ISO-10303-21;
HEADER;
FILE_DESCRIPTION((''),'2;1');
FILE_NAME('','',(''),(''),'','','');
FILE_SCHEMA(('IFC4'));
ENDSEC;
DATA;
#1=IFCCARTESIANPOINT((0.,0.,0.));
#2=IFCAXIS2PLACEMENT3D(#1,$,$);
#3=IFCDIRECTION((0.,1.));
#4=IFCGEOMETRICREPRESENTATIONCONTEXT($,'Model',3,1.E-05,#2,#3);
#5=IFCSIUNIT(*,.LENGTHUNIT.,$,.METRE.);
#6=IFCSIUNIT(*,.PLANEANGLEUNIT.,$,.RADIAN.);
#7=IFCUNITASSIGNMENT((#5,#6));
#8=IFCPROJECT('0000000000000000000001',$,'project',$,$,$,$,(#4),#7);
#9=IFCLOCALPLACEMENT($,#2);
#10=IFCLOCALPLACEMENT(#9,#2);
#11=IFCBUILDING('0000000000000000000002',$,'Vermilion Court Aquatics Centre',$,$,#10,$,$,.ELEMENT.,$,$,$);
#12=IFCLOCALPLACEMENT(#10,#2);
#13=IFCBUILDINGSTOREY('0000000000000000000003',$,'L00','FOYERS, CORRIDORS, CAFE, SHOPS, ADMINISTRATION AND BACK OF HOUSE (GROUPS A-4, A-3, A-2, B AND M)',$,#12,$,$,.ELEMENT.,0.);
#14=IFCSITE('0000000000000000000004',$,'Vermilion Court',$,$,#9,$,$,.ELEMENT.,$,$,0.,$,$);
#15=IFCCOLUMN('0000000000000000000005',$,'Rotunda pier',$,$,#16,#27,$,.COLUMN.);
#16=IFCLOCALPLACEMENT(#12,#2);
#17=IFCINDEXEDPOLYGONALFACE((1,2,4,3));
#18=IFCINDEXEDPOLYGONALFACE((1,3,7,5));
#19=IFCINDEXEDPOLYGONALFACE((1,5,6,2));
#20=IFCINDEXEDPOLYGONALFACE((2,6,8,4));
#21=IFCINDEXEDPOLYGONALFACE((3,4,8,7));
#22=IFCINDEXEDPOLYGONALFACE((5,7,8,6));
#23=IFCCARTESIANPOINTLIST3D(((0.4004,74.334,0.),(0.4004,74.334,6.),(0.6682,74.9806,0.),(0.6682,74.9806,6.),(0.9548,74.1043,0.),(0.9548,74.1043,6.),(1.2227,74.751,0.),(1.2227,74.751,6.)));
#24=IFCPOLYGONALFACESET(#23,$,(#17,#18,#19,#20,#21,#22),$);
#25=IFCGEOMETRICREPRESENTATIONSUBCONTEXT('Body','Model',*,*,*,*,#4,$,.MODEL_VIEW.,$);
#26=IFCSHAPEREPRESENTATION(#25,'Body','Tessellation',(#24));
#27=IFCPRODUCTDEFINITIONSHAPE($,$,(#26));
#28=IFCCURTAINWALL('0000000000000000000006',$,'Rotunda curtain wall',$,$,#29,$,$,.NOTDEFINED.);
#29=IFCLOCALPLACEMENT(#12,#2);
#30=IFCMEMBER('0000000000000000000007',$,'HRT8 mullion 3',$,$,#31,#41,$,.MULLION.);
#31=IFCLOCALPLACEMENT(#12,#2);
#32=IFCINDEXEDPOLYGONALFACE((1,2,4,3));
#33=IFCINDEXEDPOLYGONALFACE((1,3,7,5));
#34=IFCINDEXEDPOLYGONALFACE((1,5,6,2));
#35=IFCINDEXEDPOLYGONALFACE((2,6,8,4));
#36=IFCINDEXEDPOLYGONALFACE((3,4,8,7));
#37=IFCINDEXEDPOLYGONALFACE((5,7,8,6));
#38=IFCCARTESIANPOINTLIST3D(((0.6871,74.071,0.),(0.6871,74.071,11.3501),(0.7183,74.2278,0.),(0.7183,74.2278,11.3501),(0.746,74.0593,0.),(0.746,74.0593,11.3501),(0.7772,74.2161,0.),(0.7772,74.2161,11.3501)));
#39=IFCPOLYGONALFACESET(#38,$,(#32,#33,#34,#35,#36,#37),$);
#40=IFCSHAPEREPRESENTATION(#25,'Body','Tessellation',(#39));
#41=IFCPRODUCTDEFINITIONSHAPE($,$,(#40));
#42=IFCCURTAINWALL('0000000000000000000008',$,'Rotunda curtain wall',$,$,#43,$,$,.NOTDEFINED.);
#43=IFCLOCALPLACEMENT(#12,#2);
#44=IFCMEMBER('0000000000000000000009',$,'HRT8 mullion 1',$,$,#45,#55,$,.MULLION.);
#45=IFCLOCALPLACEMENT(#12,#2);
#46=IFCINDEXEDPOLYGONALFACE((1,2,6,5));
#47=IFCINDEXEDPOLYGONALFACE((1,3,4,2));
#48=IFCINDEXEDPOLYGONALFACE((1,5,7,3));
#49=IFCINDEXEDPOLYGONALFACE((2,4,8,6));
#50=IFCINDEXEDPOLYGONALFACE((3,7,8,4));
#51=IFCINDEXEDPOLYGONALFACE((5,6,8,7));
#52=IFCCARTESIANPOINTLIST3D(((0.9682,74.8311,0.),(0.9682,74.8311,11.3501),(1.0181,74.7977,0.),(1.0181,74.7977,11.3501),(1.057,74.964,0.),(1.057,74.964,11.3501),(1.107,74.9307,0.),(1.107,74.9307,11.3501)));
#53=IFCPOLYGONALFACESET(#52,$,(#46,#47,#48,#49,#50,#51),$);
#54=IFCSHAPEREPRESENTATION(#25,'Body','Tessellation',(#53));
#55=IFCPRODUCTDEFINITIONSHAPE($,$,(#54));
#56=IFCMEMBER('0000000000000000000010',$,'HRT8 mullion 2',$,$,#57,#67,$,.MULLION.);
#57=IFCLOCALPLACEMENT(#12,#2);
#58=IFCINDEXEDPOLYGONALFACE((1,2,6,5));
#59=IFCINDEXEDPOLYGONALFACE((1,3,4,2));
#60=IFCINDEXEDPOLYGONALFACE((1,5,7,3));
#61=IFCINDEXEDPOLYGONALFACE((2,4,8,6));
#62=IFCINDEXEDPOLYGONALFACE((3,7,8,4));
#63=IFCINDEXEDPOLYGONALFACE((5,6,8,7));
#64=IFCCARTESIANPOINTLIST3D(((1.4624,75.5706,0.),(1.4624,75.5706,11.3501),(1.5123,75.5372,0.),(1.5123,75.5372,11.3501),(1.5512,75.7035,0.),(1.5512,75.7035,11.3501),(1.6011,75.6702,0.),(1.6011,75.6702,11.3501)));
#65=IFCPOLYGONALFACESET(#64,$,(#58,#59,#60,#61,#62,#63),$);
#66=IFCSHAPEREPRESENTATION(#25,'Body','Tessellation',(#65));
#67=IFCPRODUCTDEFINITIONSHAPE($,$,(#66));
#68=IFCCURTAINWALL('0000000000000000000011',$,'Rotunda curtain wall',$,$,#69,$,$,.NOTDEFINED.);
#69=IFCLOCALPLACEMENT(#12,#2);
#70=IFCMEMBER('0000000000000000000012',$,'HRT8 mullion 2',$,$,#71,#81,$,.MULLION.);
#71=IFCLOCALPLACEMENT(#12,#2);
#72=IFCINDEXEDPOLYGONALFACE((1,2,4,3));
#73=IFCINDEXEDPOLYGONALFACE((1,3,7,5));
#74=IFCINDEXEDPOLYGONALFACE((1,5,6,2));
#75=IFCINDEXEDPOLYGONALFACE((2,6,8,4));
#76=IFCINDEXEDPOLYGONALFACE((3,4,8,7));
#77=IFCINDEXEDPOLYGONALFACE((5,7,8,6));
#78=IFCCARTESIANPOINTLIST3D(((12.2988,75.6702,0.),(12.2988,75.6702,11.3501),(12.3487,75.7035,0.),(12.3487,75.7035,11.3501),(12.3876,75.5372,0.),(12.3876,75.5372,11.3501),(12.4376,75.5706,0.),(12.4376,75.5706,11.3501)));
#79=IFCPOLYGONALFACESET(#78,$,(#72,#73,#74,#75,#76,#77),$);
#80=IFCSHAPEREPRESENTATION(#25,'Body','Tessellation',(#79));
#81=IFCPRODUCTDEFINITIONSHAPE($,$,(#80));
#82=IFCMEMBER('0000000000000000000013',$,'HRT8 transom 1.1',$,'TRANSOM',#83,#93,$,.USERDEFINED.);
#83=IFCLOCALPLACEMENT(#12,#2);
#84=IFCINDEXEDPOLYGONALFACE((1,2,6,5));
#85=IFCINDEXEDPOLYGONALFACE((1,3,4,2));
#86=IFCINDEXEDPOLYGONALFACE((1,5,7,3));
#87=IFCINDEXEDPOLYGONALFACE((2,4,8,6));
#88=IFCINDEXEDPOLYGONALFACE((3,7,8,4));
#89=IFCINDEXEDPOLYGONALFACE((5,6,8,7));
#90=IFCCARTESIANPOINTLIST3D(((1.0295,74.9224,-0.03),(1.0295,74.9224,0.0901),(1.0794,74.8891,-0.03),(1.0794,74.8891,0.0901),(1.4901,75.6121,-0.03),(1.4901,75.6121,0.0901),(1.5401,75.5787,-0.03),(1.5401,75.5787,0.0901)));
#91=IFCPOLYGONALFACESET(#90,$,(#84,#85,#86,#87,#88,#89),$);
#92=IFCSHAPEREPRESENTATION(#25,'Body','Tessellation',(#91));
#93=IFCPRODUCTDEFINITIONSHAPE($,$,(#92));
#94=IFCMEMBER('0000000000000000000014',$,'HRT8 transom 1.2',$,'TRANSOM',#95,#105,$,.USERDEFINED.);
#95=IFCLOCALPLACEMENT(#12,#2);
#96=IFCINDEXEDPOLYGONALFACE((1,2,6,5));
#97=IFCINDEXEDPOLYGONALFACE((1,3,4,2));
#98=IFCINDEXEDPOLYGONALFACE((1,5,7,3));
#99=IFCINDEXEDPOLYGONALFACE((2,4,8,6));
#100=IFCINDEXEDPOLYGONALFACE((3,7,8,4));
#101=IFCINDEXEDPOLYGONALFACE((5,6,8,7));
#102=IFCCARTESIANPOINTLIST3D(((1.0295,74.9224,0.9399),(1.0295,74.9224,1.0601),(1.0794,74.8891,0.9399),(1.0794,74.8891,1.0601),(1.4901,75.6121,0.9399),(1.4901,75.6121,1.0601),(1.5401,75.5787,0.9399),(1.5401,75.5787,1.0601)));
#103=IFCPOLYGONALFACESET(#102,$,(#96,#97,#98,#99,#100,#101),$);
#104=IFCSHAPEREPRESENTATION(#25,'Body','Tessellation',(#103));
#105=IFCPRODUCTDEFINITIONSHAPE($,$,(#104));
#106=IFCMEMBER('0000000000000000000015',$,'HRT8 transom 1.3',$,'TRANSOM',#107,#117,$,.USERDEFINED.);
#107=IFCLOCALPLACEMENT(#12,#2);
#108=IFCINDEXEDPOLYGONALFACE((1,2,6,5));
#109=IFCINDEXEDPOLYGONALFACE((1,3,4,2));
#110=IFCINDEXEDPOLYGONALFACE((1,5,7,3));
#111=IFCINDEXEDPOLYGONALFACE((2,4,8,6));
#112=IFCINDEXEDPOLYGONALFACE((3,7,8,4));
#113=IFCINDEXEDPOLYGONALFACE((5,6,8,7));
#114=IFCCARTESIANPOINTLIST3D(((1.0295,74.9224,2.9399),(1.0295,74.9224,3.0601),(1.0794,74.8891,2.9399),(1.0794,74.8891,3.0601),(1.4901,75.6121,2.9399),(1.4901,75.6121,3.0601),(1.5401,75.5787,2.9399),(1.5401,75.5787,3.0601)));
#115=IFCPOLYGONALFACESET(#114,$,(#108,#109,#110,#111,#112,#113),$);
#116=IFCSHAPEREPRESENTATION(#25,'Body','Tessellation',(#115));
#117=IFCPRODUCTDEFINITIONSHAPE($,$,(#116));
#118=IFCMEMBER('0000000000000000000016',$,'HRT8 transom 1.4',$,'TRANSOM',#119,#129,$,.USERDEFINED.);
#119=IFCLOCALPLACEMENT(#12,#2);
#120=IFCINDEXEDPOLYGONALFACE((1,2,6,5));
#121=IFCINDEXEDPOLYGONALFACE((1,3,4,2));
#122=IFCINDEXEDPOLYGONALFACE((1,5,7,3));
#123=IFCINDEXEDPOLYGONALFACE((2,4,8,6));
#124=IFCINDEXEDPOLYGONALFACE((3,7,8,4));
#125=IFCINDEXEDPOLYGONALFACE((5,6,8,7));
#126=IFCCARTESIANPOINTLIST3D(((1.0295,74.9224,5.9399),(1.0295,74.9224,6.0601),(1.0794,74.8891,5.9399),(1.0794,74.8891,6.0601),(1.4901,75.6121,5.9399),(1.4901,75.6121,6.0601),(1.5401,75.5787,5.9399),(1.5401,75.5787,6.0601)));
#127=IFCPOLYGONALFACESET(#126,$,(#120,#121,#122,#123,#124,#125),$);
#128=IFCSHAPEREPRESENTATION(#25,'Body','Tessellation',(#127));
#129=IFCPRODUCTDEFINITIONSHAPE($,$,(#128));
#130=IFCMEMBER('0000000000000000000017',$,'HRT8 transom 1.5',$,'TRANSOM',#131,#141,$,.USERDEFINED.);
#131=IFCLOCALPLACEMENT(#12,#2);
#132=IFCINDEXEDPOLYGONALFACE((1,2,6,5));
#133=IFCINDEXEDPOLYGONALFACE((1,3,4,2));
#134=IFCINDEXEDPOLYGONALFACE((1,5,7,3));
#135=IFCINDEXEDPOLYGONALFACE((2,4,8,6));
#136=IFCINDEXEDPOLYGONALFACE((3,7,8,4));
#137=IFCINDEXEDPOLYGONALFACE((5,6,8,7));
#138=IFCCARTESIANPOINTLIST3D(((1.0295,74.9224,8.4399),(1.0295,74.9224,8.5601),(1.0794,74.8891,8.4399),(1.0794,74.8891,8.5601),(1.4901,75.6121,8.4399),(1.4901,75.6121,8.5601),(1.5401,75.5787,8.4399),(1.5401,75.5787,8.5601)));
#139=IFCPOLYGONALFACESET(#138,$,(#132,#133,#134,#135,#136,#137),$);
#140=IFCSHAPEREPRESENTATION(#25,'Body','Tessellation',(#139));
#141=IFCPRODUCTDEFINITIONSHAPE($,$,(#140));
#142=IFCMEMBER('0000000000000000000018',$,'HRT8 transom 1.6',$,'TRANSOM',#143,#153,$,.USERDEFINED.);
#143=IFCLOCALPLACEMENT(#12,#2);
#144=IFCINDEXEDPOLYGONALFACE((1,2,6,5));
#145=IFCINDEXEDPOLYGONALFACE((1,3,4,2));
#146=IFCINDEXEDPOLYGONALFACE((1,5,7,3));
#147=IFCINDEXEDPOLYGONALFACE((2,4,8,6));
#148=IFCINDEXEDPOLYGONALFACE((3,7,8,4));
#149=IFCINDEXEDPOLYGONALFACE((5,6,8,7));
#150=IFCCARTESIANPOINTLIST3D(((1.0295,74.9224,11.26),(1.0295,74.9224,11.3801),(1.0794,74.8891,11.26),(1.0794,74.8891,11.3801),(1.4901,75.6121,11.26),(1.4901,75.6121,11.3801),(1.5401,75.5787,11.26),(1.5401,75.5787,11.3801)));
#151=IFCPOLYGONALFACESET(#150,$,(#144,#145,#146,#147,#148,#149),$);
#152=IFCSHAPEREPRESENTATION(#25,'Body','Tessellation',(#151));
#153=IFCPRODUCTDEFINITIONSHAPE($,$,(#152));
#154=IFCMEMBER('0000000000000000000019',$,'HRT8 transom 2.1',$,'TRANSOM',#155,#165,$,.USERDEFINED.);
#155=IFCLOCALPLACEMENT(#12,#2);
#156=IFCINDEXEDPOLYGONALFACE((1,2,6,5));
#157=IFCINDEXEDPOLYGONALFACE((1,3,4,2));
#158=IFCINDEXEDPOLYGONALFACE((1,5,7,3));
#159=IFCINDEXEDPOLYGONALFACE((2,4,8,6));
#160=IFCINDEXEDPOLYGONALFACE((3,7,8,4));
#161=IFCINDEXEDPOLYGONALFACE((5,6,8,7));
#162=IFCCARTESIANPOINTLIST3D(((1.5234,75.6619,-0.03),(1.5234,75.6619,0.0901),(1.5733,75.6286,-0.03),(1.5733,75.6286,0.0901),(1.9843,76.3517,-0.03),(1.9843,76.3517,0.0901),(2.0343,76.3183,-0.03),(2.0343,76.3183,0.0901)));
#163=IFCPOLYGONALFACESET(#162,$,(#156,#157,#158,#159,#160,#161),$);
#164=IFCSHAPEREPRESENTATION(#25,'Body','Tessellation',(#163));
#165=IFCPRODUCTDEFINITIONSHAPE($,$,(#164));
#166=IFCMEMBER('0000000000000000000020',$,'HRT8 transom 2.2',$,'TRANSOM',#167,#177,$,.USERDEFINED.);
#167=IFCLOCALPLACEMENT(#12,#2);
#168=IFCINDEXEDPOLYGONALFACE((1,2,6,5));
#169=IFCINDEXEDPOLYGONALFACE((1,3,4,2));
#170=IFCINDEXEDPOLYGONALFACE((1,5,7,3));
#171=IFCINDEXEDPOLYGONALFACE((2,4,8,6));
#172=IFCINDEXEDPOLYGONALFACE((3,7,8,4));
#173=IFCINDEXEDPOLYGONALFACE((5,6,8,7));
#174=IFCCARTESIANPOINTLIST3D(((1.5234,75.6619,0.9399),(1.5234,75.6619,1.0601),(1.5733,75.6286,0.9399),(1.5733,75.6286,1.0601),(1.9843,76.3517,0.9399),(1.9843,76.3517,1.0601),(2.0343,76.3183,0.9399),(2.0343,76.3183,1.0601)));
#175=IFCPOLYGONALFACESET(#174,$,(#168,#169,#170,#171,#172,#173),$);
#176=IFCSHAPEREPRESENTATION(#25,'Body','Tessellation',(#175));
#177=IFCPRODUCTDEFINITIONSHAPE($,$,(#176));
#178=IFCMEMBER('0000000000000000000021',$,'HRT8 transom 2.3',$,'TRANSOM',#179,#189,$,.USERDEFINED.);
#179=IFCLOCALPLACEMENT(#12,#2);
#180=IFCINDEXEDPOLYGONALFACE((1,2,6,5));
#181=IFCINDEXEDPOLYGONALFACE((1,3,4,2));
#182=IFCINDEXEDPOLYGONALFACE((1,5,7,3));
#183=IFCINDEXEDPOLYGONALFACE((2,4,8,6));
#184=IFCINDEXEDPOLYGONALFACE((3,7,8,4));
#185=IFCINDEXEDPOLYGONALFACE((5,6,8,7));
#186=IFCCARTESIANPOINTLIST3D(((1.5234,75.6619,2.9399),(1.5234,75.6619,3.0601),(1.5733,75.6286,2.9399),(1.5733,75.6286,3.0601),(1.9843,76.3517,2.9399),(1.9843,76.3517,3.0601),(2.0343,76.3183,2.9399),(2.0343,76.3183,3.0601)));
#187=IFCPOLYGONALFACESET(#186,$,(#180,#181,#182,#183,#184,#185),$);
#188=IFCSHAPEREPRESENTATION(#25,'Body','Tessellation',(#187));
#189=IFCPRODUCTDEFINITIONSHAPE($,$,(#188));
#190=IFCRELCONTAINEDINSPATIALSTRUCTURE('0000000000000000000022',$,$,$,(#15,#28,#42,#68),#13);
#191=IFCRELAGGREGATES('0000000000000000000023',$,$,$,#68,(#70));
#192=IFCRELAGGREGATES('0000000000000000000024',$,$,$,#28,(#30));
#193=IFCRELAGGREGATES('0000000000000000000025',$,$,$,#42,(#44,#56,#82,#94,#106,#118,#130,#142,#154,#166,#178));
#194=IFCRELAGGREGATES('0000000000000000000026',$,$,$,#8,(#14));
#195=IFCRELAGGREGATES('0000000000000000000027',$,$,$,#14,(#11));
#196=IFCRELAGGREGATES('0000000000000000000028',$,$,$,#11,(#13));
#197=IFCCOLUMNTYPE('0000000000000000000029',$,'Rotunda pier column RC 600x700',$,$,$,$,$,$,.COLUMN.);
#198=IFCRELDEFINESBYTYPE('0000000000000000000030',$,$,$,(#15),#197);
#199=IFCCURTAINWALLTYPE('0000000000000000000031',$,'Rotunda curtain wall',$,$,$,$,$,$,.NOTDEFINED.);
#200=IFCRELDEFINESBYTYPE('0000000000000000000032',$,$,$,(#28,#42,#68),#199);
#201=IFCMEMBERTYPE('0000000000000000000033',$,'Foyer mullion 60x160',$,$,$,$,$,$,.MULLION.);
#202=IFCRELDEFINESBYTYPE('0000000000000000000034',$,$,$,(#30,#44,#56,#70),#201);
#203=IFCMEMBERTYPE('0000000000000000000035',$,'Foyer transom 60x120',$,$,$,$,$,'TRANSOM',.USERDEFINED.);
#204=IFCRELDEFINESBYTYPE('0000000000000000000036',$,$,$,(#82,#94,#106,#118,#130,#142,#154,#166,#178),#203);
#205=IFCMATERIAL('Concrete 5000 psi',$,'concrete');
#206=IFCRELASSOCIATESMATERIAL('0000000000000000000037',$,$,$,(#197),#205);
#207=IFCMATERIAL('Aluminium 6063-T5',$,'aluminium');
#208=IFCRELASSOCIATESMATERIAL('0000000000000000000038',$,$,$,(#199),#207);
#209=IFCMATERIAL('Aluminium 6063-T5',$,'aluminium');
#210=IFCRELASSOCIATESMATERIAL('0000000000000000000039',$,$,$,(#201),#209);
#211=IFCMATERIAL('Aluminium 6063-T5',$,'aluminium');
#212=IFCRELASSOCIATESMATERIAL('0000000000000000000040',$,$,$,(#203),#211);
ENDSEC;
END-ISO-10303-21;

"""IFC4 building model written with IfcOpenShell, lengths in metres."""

from ifc_helpers import new_model, si_unit, direction, frame, origin, origin_2d, place, context, subcontext, project, spatial, rectangle, extrude, material, material_profile, profile_set, type_object, element, aggregate, save


model = new_model("IFC4")

# Units and contexts
model_context = context("Model", 3, precision=1e-05, world=origin(), true_north=direction((0.0, 1.0)))
body_context = subcontext(model_context, "Body", "Model", "MODEL_VIEW")
ifc_project = project(units=[si_unit("LENGTHUNIT", "METRE"), si_unit("PLANEANGLEUNIT", "RADIAN")], contexts=[model_context])

# Site, building, storey
site_placement = place(None, origin())
site = spatial("IfcSite", under=ifc_project, at=site_placement, Name="Vermilion Court", CompositionType="ELEMENT", RefElevation=0.0)
building_placement = place(site_placement, origin())
building = spatial("IfcBuilding", under=site, at=building_placement, Name="Vermilion Court Aquatics Centre", CompositionType="ELEMENT")
storey_placement = place(building_placement, origin())
storey = spatial("IfcBuildingStorey", under=building, at=storey_placement, Name="L00", Description="FOYERS, CORRIDORS, CAFE, SHOPS, ADMINISTRATION AND BACK OF HOUSE (GROUPS A-4, A-3, A-2, B AND M)", CompositionType="ELEMENT", Elevation=0.0)

# Column
ifc_material_1 = material(Name="Concrete 5000 psi", Category="concrete")
ifc_material_profile_1 = material_profile(ifc_material_1, rectangle(XDim=0.6001, YDim=0.7, at=origin_2d()), Name="RC 600x700")
ifc_profile_set_1 = profile_set([ifc_material_profile_1], Name="Concrete 5000 psi")
column_type = type_object("IfcColumnType", Name="Rotunda pier column RC 600x700", PredefinedType="COLUMN", material=ifc_profile_set_1)
column_placement = place(storey_placement, frame((0.8115, 74.5425, 0.0), z_axis=(0.0, 0.0, 1.0), x_axis=(-0.92388, 0.382683, 0.0)))
element("IfcColumn", 1, at=column_placement, inside=storey, type_object=column_type, Name="Rotunda pier", PredefinedType="COLUMN", context=body_context, shape_type="SweptSolid", body=[
    extrude(rectangle(XDim=0.6001, YDim=0.7, at=origin_2d()), origin(), (0.0, 0.0, 1.0), 6.0),
])

# Curtain wall, member
ifc_material_2 = material(Name="Aluminium 6063-T5", Category="aluminium")
curtain_wall_type = type_object("IfcCurtainWallType", Name="Rotunda curtain wall", PredefinedType="NOTDEFINED", material=ifc_material_2)
curtain_wall_1_placement = place(storey_placement, origin())
curtain_wall_1 = element("IfcCurtainWall", 2, at=curtain_wall_1_placement, inside=storey, type_object=curtain_wall_type, Name="Rotunda curtain wall", PredefinedType="NOTDEFINED")
ifc_material_3 = material(Name="Aluminium 6063-T5", Category="aluminium")
ifc_material_profile_2 = material_profile(ifc_material_3, rectangle(XDim=0.0601, YDim=0.1599, at=origin_2d()), Name="Aluminium 60x160")
ifc_profile_set_2 = profile_set([ifc_material_profile_2], Name="Aluminium 6063-T5")
member_type_1 = type_object("IfcMemberType", Name="Foyer mullion 60x160", PredefinedType="MULLION", material=ifc_profile_set_2)
member_1_placement = place(storey_placement, frame((0.7322, 74.1436, 0.0), z_axis=(0.0, 0.0, 1.0), x_axis=(-0.980784, 0.195095, 0.0)))
member_1 = element("IfcMember", 3, at=member_1_placement, type_object=member_type_1, Name="HRT8 mullion 3", PredefinedType="MULLION", context=body_context, shape_type="SweptSolid", body=[
    extrude(rectangle(XDim=0.0601, YDim=0.1599, at=origin_2d()), origin(), (0.0, 0.0, 1.0), 11.3501),
])

# Curtain wall, members
curtain_wall_2_placement = place(storey_placement, origin())
curtain_wall_2 = element("IfcCurtainWall", 4, at=curtain_wall_2_placement, inside=storey, type_object=curtain_wall_type, Name="Rotunda curtain wall", PredefinedType="NOTDEFINED")
member_2_placement = place(storey_placement, frame((1.0376, 74.8809, 0.0), z_axis=(0.0, 0.0, 1.0), x_axis=(-0.831489, 0.555541, 0.0)))
member_2 = element("IfcMember", 5, at=member_2_placement, type_object=member_type_1, Name="HRT8 mullion 1", PredefinedType="MULLION", context=body_context, shape_type="SweptSolid", body=[
    extrude(rectangle(XDim=0.0601, YDim=0.1599, at=origin_2d()), origin(), (0.0, 0.0, 1.0), 11.3501),
])
member_3_placement = place(storey_placement, frame((1.5317, 75.6204, 0.0), z_axis=(0.0, 0.0, 1.0), x_axis=(-0.831489, 0.555541, 0.0)))
member_3 = element("IfcMember", 6, at=member_3_placement, type_object=member_type_1, Name="HRT8 mullion 2", PredefinedType="MULLION", context=body_context, shape_type="SweptSolid", body=[
    extrude(rectangle(XDim=0.0601, YDim=0.1599, at=origin_2d()), origin(), (0.0, 0.0, 1.0), 11.3501),
])

# Curtain wall, member
curtain_wall_3_placement = place(storey_placement, origin())
curtain_wall_3 = element("IfcCurtainWall", 7, at=curtain_wall_3_placement, inside=storey, type_object=curtain_wall_type, Name="Rotunda curtain wall", PredefinedType="NOTDEFINED")
member_4_placement = place(storey_placement, frame((12.3682, 75.6204, 0.0), z_axis=(0.0, 0.0, 1.0), x_axis=(0.831489, 0.555541, 0.0)))
member_4 = element("IfcMember", 8, at=member_4_placement, type_object=member_type_1, Name="HRT8 mullion 2", PredefinedType="MULLION", context=body_context, shape_type="SweptSolid", body=[
    extrude(rectangle(XDim=0.0601, YDim=0.1599, at=origin_2d()), origin(), (0.0, 0.0, 1.0), 11.3501),
])
aggregate(curtain_wall_3, [member_4])

# Members
ifc_material_4 = material(Name="Aluminium 6063-T5", Category="aluminium")
ifc_material_profile_3 = material_profile(ifc_material_4, rectangle(XDim=0.0601, YDim=0.1201, at=origin_2d()), Name="Aluminium 60x120")
ifc_profile_set_3 = profile_set([ifc_material_profile_3], Name="Aluminium 6063-T5")
member_type_2 = type_object("IfcMemberType", Name="Foyer transom 60x120", ElementType="TRANSOM", PredefinedType="USERDEFINED", material=ifc_profile_set_3)
member_5_placement = place(storey_placement, frame((1.0544, 74.9058, 0.03), z_axis=(0.555447, 0.831552, 0.0), x_axis=(-0.831552, 0.555447, 0.0)))
member_5 = element("IfcMember", 9, at=member_5_placement, type_object=member_type_2, Name="HRT8 transom 1.1", ObjectType="TRANSOM", PredefinedType="USERDEFINED", context=body_context, shape_type="SweptSolid", body=[
    extrude(rectangle(XDim=0.0601, YDim=0.1201, at=origin_2d()), origin(), (0.0, 0.0, 1.0), 0.8293),
])
member_6_placement = place(storey_placement, frame((1.0544, 74.9058, 1.0), z_axis=(0.555447, 0.831552, 0.0), x_axis=(-0.831552, 0.555447, 0.0)))
member_6 = element("IfcMember", 10, at=member_6_placement, type_object=member_type_2, Name="HRT8 transom 1.2", ObjectType="TRANSOM", PredefinedType="USERDEFINED", context=body_context, shape_type="SweptSolid", body=[
    extrude(rectangle(XDim=0.0601, YDim=0.1201, at=origin_2d()), origin(), (0.0, 0.0, 1.0), 0.8293),
])
member_7_placement = place(storey_placement, frame((1.0544, 74.9058, 3.0), z_axis=(0.555447, 0.831552, 0.0), x_axis=(-0.831552, 0.555447, 0.0)))
member_7 = element("IfcMember", 11, at=member_7_placement, type_object=member_type_2, Name="HRT8 transom 1.3", ObjectType="TRANSOM", PredefinedType="USERDEFINED", context=body_context, shape_type="SweptSolid", body=[
    extrude(rectangle(XDim=0.0601, YDim=0.1201, at=origin_2d()), origin(), (0.0, 0.0, 1.0), 0.8293),
])
member_8_placement = place(storey_placement, frame((1.0544, 74.9058, 6.0), z_axis=(0.555447, 0.831552, 0.0), x_axis=(-0.831552, 0.555447, 0.0)))
member_8 = element("IfcMember", 12, at=member_8_placement, type_object=member_type_2, Name="HRT8 transom 1.4", ObjectType="TRANSOM", PredefinedType="USERDEFINED", context=body_context, shape_type="SweptSolid", body=[
    extrude(rectangle(XDim=0.0601, YDim=0.1201, at=origin_2d()), origin(), (0.0, 0.0, 1.0), 0.8293),
])
member_9_placement = place(storey_placement, frame((1.0544, 74.9058, 8.5), z_axis=(0.555447, 0.831552, 0.0), x_axis=(-0.831552, 0.555447, 0.0)))
member_9 = element("IfcMember", 13, at=member_9_placement, type_object=member_type_2, Name="HRT8 transom 1.5", ObjectType="TRANSOM", PredefinedType="USERDEFINED", context=body_context, shape_type="SweptSolid", body=[
    extrude(rectangle(XDim=0.0601, YDim=0.1201, at=origin_2d()), origin(), (0.0, 0.0, 1.0), 0.8293),
])
member_10_placement = place(storey_placement, frame((1.0544, 74.9058, 11.3201), z_axis=(0.555447, 0.831552, 0.0), x_axis=(-0.831552, 0.555447, 0.0)))
member_10 = element("IfcMember", 14, at=member_10_placement, type_object=member_type_2, Name="HRT8 transom 1.6", ObjectType="TRANSOM", PredefinedType="USERDEFINED", context=body_context, shape_type="SweptSolid", body=[
    extrude(rectangle(XDim=0.0601, YDim=0.1201, at=origin_2d()), origin(), (0.0, 0.0, 1.0), 0.8293),
])
member_11_placement = place(storey_placement, frame((1.5483, 75.6453, 0.03), z_axis=(0.555651, 0.831416, 0.0), x_axis=(-0.831416, 0.555651, 0.0)))
member_11 = element("IfcMember", 15, at=member_11_placement, type_object=member_type_2, Name="HRT8 transom 2.1", ObjectType="TRANSOM", PredefinedType="USERDEFINED", context=body_context, shape_type="SweptSolid", body=[
    extrude(rectangle(XDim=0.0601, YDim=0.1201, at=origin_2d()), origin(), (0.0, 0.0, 1.0), 0.8296),
])
member_12_placement = place(storey_placement, frame((1.5483, 75.6453, 1.0), z_axis=(0.555651, 0.831416, 0.0), x_axis=(-0.831416, 0.555651, 0.0)))
member_12 = element("IfcMember", 16, at=member_12_placement, type_object=member_type_2, Name="HRT8 transom 2.2", ObjectType="TRANSOM", PredefinedType="USERDEFINED", context=body_context, shape_type="SweptSolid", body=[
    extrude(rectangle(XDim=0.0601, YDim=0.1201, at=origin_2d()), origin(), (0.0, 0.0, 1.0), 0.8296),
])
member_13_placement = place(storey_placement, frame((1.5483, 75.6453, 3.0), z_axis=(0.555651, 0.831416, 0.0), x_axis=(-0.831416, 0.555651, 0.0)))
member_13 = element("IfcMember", 17, at=member_13_placement, type_object=member_type_2, Name="HRT8 transom 2.3", ObjectType="TRANSOM", PredefinedType="USERDEFINED", context=body_context, shape_type="SweptSolid", body=[
    extrude(rectangle(XDim=0.0601, YDim=0.1201, at=origin_2d()), origin(), (0.0, 0.0, 1.0), 0.8296),
])

aggregate(curtain_wall_1, [member_1])
aggregate(curtain_wall_2, [member_2, member_3, member_5, member_6, member_7, member_8, member_9, member_10, member_11, member_12, member_13])

save(model, "model.ifc")
